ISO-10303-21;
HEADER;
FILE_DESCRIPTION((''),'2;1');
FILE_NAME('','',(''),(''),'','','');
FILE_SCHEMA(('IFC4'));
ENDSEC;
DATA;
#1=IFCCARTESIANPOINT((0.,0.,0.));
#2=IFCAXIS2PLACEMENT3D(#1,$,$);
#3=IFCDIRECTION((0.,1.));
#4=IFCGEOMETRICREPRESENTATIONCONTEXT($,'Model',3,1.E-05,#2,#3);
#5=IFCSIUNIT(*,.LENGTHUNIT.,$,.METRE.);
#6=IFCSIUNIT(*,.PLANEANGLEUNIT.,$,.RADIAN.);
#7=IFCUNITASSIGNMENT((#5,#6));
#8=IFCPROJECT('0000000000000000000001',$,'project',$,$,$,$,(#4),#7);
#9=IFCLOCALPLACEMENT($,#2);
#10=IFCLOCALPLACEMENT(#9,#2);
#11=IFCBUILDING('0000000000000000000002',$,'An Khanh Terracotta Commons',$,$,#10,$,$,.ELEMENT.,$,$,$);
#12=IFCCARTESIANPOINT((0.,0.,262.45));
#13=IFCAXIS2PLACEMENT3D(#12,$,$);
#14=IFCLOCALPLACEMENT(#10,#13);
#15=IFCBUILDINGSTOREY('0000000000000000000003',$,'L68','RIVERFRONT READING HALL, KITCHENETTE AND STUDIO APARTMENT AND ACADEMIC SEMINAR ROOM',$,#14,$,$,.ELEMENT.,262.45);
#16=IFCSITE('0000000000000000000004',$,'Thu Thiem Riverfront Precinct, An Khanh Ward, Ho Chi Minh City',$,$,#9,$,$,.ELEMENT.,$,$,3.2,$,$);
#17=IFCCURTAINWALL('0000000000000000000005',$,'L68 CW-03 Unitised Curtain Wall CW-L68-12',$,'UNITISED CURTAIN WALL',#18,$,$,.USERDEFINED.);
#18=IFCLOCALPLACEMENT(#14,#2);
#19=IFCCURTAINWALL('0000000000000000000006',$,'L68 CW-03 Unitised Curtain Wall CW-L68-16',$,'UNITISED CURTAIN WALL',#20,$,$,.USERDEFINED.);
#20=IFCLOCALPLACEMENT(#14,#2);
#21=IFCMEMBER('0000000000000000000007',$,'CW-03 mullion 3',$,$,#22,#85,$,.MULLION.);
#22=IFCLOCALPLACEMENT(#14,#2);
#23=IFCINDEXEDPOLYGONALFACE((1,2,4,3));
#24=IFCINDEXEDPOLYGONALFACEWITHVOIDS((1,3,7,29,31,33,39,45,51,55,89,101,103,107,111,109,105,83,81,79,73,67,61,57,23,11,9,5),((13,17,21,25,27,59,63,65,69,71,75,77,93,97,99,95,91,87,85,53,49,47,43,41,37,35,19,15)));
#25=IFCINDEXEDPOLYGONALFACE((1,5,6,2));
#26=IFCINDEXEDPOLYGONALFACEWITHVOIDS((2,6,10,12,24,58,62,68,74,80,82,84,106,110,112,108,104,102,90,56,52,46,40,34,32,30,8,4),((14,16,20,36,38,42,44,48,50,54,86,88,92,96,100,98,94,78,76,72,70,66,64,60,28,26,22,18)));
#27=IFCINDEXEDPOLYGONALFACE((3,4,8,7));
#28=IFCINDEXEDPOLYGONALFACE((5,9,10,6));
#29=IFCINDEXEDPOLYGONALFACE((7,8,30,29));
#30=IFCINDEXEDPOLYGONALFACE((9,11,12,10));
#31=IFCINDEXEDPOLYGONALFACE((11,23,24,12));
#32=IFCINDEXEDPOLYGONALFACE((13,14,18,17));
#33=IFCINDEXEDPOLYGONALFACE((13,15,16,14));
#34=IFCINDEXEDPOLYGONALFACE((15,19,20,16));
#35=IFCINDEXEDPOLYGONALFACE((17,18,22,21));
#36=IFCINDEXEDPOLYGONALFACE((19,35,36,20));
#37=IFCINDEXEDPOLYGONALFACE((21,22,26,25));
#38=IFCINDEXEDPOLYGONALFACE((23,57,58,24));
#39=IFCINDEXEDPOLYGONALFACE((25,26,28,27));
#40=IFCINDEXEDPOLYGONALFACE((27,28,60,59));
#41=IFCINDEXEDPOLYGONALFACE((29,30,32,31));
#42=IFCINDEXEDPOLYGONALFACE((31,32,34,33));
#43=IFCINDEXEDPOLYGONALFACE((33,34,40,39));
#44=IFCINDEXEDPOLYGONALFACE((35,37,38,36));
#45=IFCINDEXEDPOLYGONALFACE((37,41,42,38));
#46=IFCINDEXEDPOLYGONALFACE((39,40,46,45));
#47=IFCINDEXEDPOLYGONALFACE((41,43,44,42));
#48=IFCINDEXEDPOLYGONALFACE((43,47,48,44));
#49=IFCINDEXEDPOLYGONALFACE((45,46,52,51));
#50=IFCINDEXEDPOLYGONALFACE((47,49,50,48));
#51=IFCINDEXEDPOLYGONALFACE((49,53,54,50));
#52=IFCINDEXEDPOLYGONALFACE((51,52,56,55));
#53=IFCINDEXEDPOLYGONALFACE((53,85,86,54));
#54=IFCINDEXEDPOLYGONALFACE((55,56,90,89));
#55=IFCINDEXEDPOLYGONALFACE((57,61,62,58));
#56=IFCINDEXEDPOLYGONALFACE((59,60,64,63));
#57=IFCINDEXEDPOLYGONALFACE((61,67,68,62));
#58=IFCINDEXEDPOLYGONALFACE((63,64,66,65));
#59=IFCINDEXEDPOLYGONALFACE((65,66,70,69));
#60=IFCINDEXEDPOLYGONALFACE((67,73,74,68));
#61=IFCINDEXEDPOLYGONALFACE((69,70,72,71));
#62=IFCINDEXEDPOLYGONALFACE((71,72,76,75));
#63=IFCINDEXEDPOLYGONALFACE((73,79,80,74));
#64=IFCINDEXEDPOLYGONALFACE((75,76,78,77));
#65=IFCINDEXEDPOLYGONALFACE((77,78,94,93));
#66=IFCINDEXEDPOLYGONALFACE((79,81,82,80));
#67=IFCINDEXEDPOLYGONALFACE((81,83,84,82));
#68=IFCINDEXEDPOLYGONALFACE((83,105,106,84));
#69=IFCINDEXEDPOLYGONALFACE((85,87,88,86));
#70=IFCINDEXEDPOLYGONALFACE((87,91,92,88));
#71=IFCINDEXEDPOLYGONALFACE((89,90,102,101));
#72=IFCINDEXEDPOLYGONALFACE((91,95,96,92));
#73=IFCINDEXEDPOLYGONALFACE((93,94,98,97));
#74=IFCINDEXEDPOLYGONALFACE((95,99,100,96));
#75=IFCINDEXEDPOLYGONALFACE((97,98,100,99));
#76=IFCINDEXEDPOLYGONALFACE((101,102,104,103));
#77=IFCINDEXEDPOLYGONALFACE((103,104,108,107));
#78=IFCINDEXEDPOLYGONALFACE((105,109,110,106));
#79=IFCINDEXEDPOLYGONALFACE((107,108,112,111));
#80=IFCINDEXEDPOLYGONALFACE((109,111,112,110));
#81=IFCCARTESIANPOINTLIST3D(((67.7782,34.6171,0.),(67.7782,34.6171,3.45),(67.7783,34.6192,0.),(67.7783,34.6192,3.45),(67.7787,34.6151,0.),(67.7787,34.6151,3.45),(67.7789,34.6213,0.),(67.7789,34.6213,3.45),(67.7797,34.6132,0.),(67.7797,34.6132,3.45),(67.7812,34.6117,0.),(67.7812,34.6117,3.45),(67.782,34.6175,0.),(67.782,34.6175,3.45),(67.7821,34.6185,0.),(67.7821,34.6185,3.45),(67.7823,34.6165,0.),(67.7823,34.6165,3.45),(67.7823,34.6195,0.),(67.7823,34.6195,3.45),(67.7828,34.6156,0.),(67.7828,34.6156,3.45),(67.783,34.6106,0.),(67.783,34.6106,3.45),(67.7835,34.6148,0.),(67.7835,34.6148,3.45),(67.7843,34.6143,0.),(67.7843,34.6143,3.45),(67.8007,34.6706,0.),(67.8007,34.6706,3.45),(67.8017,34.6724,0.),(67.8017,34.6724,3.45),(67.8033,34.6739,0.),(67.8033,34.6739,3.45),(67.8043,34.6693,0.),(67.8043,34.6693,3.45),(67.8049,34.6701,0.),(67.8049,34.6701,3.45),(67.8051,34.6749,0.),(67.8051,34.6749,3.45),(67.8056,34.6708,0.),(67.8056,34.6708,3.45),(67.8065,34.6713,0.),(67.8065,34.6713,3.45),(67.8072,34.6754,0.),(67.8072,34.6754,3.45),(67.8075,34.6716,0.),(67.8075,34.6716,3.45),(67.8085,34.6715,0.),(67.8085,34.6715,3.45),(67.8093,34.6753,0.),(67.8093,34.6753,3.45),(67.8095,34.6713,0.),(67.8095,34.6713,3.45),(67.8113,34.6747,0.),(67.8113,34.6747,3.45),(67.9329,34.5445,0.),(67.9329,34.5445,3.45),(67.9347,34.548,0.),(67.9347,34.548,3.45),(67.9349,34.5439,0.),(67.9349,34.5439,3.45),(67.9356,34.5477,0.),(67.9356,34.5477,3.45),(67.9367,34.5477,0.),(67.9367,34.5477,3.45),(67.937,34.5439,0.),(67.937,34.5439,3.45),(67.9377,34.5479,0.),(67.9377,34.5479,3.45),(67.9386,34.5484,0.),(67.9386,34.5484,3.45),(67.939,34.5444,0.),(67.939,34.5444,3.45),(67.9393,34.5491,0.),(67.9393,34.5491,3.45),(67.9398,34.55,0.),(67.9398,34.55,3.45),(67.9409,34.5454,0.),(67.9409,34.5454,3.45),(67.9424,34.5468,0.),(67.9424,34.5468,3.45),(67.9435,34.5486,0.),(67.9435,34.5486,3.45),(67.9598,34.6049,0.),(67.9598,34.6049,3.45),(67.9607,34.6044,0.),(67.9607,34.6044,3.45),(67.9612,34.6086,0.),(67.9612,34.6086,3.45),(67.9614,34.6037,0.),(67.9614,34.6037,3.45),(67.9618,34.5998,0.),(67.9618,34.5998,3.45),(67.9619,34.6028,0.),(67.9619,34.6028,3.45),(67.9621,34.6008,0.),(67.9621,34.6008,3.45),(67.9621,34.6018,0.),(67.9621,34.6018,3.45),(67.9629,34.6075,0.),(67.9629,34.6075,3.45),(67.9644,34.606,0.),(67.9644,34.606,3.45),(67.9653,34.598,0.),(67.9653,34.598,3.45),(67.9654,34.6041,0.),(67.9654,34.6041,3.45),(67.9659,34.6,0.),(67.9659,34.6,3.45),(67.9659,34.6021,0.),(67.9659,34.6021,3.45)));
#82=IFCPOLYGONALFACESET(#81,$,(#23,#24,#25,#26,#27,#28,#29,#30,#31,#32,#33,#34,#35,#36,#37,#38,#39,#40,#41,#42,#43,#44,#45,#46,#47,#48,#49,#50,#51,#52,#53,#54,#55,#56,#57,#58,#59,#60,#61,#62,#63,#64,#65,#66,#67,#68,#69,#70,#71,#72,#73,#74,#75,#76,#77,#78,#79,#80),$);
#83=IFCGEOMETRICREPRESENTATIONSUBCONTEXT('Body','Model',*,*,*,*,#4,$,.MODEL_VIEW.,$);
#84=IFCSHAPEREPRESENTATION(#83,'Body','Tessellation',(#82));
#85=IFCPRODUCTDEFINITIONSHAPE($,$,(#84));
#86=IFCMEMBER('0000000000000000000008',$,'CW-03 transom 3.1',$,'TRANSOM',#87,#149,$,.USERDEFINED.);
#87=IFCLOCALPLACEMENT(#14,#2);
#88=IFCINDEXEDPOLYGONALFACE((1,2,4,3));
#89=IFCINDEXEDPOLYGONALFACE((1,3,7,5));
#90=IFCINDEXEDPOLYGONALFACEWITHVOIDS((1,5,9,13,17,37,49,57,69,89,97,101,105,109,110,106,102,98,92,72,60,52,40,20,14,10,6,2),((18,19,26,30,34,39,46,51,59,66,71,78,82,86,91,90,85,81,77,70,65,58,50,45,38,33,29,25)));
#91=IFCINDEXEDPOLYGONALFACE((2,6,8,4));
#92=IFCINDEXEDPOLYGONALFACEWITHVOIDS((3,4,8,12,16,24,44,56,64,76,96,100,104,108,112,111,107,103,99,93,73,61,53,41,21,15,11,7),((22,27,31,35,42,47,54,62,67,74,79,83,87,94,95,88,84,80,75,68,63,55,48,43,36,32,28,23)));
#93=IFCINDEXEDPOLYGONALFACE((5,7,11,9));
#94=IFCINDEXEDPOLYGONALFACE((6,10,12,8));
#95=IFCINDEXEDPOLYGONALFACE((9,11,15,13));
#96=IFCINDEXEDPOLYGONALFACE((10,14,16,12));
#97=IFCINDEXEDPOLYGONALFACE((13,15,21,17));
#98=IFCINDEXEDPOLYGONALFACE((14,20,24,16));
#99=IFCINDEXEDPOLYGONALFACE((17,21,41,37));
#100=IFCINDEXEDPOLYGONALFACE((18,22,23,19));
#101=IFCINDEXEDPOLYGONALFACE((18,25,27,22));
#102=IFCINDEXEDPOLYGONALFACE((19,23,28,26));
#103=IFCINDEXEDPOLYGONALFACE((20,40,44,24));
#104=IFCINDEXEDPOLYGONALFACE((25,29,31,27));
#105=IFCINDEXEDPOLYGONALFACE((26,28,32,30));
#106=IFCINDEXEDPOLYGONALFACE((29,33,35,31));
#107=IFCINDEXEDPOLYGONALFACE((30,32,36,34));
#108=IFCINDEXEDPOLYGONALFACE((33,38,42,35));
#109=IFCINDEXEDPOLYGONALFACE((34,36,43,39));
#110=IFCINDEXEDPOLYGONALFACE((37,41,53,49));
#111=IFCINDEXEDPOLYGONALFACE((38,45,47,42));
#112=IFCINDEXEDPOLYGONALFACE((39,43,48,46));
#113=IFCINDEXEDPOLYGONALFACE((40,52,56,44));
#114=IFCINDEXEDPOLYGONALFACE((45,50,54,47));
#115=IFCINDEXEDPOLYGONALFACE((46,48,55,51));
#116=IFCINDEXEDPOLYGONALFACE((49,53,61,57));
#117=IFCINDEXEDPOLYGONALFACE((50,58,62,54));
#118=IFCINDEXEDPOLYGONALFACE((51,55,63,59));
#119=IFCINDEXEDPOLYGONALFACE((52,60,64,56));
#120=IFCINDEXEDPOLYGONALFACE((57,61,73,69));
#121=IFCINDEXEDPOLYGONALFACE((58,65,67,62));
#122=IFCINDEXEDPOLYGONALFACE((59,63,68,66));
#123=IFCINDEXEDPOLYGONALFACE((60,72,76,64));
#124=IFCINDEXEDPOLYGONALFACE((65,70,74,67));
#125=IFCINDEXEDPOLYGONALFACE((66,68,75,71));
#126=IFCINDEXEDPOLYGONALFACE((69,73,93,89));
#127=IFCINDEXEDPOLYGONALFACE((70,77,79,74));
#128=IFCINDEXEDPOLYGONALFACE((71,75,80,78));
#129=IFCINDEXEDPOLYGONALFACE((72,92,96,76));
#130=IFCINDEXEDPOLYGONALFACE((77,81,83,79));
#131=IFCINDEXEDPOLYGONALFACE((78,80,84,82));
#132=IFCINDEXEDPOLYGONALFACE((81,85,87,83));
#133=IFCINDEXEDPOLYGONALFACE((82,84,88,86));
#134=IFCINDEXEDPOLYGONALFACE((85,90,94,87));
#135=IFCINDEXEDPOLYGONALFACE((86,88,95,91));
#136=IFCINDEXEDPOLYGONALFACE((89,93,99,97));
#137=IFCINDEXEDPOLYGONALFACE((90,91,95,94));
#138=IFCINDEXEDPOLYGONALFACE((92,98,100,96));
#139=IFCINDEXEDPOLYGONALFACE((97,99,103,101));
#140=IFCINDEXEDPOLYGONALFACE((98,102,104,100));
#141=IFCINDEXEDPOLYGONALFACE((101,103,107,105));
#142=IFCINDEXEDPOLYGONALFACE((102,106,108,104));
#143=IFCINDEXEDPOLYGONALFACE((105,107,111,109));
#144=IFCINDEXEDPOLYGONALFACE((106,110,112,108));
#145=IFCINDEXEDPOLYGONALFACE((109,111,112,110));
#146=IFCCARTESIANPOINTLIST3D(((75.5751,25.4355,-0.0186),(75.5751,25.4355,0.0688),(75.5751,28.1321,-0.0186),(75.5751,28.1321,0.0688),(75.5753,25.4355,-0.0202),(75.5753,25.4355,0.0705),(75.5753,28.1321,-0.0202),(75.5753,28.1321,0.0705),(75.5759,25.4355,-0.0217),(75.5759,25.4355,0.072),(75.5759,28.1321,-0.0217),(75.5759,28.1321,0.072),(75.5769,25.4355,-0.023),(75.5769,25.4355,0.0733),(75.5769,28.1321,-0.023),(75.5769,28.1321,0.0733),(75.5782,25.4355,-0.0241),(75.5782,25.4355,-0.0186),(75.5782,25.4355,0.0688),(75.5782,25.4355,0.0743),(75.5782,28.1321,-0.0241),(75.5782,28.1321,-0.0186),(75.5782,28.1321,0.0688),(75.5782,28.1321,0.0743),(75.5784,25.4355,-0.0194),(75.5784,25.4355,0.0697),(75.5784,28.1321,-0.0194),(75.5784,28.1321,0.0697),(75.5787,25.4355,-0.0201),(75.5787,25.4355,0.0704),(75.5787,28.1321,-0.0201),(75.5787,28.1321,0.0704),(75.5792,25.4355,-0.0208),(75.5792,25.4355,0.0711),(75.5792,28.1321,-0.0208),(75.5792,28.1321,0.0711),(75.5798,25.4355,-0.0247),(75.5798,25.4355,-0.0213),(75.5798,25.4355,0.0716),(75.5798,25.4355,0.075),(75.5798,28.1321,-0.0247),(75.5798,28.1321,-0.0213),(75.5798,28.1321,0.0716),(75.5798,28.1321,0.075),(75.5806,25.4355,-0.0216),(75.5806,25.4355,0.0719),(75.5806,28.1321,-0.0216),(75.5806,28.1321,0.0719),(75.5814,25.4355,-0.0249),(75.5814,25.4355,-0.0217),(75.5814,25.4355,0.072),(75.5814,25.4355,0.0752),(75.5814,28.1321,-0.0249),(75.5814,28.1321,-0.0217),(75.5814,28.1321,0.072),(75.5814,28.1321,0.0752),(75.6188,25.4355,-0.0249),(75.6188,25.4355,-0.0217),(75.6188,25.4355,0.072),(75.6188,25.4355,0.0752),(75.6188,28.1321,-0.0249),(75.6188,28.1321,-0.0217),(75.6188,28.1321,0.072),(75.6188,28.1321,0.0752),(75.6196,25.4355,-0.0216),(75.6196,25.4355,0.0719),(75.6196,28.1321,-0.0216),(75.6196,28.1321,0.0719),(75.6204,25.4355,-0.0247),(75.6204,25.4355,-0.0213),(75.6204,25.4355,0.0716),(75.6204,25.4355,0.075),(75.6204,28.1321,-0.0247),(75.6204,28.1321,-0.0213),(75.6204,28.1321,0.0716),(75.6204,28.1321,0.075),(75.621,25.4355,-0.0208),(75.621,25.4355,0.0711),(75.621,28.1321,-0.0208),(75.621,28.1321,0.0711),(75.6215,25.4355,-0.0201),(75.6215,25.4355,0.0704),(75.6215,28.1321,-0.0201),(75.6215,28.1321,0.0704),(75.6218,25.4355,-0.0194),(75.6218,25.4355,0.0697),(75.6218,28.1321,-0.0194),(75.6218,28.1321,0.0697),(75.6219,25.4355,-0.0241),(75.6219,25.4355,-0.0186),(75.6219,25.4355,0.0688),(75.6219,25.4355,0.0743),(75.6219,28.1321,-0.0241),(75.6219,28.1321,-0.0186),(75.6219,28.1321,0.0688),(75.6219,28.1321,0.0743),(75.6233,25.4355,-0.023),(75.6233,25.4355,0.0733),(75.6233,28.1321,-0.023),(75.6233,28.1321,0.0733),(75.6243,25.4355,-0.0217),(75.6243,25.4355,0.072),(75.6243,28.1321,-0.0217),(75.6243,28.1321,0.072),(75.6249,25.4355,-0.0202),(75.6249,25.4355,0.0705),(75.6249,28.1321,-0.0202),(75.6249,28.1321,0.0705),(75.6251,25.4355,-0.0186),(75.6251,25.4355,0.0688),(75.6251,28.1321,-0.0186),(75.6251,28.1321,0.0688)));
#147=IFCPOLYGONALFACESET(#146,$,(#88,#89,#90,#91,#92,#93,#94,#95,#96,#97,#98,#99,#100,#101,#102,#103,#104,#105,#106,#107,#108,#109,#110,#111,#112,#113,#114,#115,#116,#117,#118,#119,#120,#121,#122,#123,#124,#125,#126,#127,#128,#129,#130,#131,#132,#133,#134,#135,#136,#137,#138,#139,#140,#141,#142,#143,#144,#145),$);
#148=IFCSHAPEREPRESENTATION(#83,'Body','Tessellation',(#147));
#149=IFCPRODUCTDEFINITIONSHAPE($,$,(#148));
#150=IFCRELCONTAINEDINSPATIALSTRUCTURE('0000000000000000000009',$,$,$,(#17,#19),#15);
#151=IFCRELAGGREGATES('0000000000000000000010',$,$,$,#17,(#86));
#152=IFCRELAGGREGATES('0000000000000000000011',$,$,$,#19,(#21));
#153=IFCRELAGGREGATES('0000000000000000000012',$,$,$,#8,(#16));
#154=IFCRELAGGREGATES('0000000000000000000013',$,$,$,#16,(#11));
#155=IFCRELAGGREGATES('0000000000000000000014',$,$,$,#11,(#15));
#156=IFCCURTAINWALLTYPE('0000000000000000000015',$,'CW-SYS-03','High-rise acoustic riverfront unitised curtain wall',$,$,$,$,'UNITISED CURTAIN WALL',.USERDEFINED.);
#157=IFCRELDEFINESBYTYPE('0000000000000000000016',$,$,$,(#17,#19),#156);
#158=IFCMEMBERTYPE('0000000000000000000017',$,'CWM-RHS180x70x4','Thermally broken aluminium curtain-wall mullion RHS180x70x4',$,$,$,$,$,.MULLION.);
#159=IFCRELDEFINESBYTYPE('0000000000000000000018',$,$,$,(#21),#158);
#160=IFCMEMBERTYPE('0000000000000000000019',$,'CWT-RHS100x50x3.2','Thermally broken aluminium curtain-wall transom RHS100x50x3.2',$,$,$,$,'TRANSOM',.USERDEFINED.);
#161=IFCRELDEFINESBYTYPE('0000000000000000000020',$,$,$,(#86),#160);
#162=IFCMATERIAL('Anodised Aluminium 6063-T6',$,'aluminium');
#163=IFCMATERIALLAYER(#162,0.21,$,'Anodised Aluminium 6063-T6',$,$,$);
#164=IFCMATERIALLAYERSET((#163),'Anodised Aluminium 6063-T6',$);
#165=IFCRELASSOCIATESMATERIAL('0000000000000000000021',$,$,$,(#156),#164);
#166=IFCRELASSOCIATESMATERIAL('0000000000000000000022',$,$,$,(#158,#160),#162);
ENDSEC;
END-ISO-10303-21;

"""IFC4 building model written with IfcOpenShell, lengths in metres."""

from ifc_helpers import new_model, si_unit, direction, frame, origin, origin_2d, place, context, subcontext, project, spatial, hollow_rectangle, extrude, material, layer, layer_set, material_profile, profile_set, type_object, element, aggregate, save


model = new_model("IFC4")

# Units and contexts
model_context = context("Model", 3, precision=1e-05, world=origin(), true_north=direction((0.0, 1.0)))
body_context = subcontext(model_context, "Body", "Model", "MODEL_VIEW")
ifc_project = project(units=[si_unit("LENGTHUNIT", "METRE"), si_unit("PLANEANGLEUNIT", "RADIAN")], contexts=[model_context])

# Site, building, storey
site_placement = place(None, origin())
site = spatial("IfcSite", under=ifc_project, at=site_placement, Name="Thu Thiem Riverfront Precinct, An Khanh Ward, Ho Chi Minh City", CompositionType="ELEMENT", RefElevation=3.2)
building_placement = place(site_placement, origin())
building = spatial("IfcBuilding", under=site, at=building_placement, Name="An Khanh Terracotta Commons", CompositionType="ELEMENT")
storey_placement = place(building_placement, frame((0.0, 0.0, 262.45)))
storey = spatial("IfcBuildingStorey", under=building, at=storey_placement, Name="L68", Description="RIVERFRONT READING HALL, KITCHENETTE AND STUDIO APARTMENT AND ACADEMIC SEMINAR ROOM", CompositionType="ELEMENT", Elevation=262.45)

# Curtain walls, member
ifc_material_1 = material(Name="Anodised Aluminium 6063-T6", Category="aluminium")
ifc_layer_1 = layer(ifc_material_1, 0.21, Name="Anodised Aluminium 6063-T6")
ifc_layer_set_1 = layer_set([ifc_layer_1], Name="Anodised Aluminium 6063-T6")
curtain_wall_type = type_object("IfcCurtainWallType", Name="CW-SYS-03", Description="High-rise acoustic riverfront unitised curtain wall", ElementType="UNITISED CURTAIN WALL", PredefinedType="USERDEFINED", material=ifc_layer_set_1)
curtain_wall_1_placement = place(storey_placement, origin())
curtain_wall_1 = element("IfcCurtainWall", 1, at=curtain_wall_1_placement, inside=storey, type_object=curtain_wall_type, Name="L68 CW-03 Unitised Curtain Wall CW-L68-12", ObjectType="UNITISED CURTAIN WALL", PredefinedType="USERDEFINED")
ifc_material_profile_1 = material_profile(ifc_material_1, hollow_rectangle(XDim=0.0701, YDim=0.1799, WallThickness=0.0039, InnerFilletRadius=0.0039, OuterFilletRadius=0.0081, at=origin_2d()), Name="RHS180x70x4")
ifc_profile_set_1 = profile_set([ifc_material_profile_1], Name="Anodised Aluminium 6063-T6")
member_type_1 = type_object("IfcMemberType", Name="CWM-RHS180x70x4", Description="Thermally broken aluminium curtain-wall mullion RHS180x70x4", PredefinedType="MULLION", material=ifc_profile_set_1)
curtain_wall_2_placement = place(storey_placement, origin())
curtain_wall_2 = element("IfcCurtainWall", 2, at=curtain_wall_2_placement, inside=storey, type_object=curtain_wall_type, Name="L68 CW-03 Unitised Curtain Wall CW-L68-16", ObjectType="UNITISED CURTAIN WALL", PredefinedType="USERDEFINED")
member_1_placement = place(storey_placement, frame((67.8721, 34.6096, 0.0), z_axis=(0.0, 0.0, 1.0), x_axis=(-0.403676, -0.914902, 0.0)))
member_1 = element("IfcMember", 3, at=member_1_placement, type_object=member_type_1, Name="CW-03 mullion 3", PredefinedType="MULLION", context=body_context, shape_type="SweptSolid", body=[
    extrude(hollow_rectangle(XDim=0.0701, YDim=0.1799, WallThickness=0.0039, InnerFilletRadius=0.0039, OuterFilletRadius=0.0081, at=origin_2d()), origin(), (0.0, 0.0, 1.0), 3.45),
])

# Member
ifc_material_profile_2 = material_profile(ifc_material_1, hollow_rectangle(XDim=0.05, YDim=0.1001, WallThickness=0.0032, InnerFilletRadius=0.0032, OuterFilletRadius=0.0063, at=origin_2d()), Name="RHS100x50x3.2")
ifc_profile_set_2 = profile_set([ifc_material_profile_2], Name="Anodised Aluminium 6063-T6")
member_type_2 = type_object("IfcMemberType", Name="CWT-RHS100x50x3.2", Description="Thermally broken aluminium curtain-wall transom RHS100x50x3.2", ElementType="TRANSOM", PredefinedType="USERDEFINED", material=ifc_profile_set_2)
member_2_placement = place(storey_placement, frame((75.6001, 25.4355, 0.0251), z_axis=(0.0, 1.0, 0.0), x_axis=(-1.0, 0.0, 0.0)))
member_2 = element("IfcMember", 4, at=member_2_placement, type_object=member_type_2, Name="CW-03 transom 3.1", ObjectType="TRANSOM", PredefinedType="USERDEFINED", context=body_context, shape_type="SweptSolid", body=[
    extrude(hollow_rectangle(XDim=0.05, YDim=0.1001, WallThickness=0.0032, InnerFilletRadius=0.0032, OuterFilletRadius=0.0063, at=origin_2d()), origin(), (0.0, 0.0, 1.0), 2.6965),
])

aggregate(curtain_wall_1, [member_2])
aggregate(curtain_wall_2, [member_1])

save(model, "model.ifc")
